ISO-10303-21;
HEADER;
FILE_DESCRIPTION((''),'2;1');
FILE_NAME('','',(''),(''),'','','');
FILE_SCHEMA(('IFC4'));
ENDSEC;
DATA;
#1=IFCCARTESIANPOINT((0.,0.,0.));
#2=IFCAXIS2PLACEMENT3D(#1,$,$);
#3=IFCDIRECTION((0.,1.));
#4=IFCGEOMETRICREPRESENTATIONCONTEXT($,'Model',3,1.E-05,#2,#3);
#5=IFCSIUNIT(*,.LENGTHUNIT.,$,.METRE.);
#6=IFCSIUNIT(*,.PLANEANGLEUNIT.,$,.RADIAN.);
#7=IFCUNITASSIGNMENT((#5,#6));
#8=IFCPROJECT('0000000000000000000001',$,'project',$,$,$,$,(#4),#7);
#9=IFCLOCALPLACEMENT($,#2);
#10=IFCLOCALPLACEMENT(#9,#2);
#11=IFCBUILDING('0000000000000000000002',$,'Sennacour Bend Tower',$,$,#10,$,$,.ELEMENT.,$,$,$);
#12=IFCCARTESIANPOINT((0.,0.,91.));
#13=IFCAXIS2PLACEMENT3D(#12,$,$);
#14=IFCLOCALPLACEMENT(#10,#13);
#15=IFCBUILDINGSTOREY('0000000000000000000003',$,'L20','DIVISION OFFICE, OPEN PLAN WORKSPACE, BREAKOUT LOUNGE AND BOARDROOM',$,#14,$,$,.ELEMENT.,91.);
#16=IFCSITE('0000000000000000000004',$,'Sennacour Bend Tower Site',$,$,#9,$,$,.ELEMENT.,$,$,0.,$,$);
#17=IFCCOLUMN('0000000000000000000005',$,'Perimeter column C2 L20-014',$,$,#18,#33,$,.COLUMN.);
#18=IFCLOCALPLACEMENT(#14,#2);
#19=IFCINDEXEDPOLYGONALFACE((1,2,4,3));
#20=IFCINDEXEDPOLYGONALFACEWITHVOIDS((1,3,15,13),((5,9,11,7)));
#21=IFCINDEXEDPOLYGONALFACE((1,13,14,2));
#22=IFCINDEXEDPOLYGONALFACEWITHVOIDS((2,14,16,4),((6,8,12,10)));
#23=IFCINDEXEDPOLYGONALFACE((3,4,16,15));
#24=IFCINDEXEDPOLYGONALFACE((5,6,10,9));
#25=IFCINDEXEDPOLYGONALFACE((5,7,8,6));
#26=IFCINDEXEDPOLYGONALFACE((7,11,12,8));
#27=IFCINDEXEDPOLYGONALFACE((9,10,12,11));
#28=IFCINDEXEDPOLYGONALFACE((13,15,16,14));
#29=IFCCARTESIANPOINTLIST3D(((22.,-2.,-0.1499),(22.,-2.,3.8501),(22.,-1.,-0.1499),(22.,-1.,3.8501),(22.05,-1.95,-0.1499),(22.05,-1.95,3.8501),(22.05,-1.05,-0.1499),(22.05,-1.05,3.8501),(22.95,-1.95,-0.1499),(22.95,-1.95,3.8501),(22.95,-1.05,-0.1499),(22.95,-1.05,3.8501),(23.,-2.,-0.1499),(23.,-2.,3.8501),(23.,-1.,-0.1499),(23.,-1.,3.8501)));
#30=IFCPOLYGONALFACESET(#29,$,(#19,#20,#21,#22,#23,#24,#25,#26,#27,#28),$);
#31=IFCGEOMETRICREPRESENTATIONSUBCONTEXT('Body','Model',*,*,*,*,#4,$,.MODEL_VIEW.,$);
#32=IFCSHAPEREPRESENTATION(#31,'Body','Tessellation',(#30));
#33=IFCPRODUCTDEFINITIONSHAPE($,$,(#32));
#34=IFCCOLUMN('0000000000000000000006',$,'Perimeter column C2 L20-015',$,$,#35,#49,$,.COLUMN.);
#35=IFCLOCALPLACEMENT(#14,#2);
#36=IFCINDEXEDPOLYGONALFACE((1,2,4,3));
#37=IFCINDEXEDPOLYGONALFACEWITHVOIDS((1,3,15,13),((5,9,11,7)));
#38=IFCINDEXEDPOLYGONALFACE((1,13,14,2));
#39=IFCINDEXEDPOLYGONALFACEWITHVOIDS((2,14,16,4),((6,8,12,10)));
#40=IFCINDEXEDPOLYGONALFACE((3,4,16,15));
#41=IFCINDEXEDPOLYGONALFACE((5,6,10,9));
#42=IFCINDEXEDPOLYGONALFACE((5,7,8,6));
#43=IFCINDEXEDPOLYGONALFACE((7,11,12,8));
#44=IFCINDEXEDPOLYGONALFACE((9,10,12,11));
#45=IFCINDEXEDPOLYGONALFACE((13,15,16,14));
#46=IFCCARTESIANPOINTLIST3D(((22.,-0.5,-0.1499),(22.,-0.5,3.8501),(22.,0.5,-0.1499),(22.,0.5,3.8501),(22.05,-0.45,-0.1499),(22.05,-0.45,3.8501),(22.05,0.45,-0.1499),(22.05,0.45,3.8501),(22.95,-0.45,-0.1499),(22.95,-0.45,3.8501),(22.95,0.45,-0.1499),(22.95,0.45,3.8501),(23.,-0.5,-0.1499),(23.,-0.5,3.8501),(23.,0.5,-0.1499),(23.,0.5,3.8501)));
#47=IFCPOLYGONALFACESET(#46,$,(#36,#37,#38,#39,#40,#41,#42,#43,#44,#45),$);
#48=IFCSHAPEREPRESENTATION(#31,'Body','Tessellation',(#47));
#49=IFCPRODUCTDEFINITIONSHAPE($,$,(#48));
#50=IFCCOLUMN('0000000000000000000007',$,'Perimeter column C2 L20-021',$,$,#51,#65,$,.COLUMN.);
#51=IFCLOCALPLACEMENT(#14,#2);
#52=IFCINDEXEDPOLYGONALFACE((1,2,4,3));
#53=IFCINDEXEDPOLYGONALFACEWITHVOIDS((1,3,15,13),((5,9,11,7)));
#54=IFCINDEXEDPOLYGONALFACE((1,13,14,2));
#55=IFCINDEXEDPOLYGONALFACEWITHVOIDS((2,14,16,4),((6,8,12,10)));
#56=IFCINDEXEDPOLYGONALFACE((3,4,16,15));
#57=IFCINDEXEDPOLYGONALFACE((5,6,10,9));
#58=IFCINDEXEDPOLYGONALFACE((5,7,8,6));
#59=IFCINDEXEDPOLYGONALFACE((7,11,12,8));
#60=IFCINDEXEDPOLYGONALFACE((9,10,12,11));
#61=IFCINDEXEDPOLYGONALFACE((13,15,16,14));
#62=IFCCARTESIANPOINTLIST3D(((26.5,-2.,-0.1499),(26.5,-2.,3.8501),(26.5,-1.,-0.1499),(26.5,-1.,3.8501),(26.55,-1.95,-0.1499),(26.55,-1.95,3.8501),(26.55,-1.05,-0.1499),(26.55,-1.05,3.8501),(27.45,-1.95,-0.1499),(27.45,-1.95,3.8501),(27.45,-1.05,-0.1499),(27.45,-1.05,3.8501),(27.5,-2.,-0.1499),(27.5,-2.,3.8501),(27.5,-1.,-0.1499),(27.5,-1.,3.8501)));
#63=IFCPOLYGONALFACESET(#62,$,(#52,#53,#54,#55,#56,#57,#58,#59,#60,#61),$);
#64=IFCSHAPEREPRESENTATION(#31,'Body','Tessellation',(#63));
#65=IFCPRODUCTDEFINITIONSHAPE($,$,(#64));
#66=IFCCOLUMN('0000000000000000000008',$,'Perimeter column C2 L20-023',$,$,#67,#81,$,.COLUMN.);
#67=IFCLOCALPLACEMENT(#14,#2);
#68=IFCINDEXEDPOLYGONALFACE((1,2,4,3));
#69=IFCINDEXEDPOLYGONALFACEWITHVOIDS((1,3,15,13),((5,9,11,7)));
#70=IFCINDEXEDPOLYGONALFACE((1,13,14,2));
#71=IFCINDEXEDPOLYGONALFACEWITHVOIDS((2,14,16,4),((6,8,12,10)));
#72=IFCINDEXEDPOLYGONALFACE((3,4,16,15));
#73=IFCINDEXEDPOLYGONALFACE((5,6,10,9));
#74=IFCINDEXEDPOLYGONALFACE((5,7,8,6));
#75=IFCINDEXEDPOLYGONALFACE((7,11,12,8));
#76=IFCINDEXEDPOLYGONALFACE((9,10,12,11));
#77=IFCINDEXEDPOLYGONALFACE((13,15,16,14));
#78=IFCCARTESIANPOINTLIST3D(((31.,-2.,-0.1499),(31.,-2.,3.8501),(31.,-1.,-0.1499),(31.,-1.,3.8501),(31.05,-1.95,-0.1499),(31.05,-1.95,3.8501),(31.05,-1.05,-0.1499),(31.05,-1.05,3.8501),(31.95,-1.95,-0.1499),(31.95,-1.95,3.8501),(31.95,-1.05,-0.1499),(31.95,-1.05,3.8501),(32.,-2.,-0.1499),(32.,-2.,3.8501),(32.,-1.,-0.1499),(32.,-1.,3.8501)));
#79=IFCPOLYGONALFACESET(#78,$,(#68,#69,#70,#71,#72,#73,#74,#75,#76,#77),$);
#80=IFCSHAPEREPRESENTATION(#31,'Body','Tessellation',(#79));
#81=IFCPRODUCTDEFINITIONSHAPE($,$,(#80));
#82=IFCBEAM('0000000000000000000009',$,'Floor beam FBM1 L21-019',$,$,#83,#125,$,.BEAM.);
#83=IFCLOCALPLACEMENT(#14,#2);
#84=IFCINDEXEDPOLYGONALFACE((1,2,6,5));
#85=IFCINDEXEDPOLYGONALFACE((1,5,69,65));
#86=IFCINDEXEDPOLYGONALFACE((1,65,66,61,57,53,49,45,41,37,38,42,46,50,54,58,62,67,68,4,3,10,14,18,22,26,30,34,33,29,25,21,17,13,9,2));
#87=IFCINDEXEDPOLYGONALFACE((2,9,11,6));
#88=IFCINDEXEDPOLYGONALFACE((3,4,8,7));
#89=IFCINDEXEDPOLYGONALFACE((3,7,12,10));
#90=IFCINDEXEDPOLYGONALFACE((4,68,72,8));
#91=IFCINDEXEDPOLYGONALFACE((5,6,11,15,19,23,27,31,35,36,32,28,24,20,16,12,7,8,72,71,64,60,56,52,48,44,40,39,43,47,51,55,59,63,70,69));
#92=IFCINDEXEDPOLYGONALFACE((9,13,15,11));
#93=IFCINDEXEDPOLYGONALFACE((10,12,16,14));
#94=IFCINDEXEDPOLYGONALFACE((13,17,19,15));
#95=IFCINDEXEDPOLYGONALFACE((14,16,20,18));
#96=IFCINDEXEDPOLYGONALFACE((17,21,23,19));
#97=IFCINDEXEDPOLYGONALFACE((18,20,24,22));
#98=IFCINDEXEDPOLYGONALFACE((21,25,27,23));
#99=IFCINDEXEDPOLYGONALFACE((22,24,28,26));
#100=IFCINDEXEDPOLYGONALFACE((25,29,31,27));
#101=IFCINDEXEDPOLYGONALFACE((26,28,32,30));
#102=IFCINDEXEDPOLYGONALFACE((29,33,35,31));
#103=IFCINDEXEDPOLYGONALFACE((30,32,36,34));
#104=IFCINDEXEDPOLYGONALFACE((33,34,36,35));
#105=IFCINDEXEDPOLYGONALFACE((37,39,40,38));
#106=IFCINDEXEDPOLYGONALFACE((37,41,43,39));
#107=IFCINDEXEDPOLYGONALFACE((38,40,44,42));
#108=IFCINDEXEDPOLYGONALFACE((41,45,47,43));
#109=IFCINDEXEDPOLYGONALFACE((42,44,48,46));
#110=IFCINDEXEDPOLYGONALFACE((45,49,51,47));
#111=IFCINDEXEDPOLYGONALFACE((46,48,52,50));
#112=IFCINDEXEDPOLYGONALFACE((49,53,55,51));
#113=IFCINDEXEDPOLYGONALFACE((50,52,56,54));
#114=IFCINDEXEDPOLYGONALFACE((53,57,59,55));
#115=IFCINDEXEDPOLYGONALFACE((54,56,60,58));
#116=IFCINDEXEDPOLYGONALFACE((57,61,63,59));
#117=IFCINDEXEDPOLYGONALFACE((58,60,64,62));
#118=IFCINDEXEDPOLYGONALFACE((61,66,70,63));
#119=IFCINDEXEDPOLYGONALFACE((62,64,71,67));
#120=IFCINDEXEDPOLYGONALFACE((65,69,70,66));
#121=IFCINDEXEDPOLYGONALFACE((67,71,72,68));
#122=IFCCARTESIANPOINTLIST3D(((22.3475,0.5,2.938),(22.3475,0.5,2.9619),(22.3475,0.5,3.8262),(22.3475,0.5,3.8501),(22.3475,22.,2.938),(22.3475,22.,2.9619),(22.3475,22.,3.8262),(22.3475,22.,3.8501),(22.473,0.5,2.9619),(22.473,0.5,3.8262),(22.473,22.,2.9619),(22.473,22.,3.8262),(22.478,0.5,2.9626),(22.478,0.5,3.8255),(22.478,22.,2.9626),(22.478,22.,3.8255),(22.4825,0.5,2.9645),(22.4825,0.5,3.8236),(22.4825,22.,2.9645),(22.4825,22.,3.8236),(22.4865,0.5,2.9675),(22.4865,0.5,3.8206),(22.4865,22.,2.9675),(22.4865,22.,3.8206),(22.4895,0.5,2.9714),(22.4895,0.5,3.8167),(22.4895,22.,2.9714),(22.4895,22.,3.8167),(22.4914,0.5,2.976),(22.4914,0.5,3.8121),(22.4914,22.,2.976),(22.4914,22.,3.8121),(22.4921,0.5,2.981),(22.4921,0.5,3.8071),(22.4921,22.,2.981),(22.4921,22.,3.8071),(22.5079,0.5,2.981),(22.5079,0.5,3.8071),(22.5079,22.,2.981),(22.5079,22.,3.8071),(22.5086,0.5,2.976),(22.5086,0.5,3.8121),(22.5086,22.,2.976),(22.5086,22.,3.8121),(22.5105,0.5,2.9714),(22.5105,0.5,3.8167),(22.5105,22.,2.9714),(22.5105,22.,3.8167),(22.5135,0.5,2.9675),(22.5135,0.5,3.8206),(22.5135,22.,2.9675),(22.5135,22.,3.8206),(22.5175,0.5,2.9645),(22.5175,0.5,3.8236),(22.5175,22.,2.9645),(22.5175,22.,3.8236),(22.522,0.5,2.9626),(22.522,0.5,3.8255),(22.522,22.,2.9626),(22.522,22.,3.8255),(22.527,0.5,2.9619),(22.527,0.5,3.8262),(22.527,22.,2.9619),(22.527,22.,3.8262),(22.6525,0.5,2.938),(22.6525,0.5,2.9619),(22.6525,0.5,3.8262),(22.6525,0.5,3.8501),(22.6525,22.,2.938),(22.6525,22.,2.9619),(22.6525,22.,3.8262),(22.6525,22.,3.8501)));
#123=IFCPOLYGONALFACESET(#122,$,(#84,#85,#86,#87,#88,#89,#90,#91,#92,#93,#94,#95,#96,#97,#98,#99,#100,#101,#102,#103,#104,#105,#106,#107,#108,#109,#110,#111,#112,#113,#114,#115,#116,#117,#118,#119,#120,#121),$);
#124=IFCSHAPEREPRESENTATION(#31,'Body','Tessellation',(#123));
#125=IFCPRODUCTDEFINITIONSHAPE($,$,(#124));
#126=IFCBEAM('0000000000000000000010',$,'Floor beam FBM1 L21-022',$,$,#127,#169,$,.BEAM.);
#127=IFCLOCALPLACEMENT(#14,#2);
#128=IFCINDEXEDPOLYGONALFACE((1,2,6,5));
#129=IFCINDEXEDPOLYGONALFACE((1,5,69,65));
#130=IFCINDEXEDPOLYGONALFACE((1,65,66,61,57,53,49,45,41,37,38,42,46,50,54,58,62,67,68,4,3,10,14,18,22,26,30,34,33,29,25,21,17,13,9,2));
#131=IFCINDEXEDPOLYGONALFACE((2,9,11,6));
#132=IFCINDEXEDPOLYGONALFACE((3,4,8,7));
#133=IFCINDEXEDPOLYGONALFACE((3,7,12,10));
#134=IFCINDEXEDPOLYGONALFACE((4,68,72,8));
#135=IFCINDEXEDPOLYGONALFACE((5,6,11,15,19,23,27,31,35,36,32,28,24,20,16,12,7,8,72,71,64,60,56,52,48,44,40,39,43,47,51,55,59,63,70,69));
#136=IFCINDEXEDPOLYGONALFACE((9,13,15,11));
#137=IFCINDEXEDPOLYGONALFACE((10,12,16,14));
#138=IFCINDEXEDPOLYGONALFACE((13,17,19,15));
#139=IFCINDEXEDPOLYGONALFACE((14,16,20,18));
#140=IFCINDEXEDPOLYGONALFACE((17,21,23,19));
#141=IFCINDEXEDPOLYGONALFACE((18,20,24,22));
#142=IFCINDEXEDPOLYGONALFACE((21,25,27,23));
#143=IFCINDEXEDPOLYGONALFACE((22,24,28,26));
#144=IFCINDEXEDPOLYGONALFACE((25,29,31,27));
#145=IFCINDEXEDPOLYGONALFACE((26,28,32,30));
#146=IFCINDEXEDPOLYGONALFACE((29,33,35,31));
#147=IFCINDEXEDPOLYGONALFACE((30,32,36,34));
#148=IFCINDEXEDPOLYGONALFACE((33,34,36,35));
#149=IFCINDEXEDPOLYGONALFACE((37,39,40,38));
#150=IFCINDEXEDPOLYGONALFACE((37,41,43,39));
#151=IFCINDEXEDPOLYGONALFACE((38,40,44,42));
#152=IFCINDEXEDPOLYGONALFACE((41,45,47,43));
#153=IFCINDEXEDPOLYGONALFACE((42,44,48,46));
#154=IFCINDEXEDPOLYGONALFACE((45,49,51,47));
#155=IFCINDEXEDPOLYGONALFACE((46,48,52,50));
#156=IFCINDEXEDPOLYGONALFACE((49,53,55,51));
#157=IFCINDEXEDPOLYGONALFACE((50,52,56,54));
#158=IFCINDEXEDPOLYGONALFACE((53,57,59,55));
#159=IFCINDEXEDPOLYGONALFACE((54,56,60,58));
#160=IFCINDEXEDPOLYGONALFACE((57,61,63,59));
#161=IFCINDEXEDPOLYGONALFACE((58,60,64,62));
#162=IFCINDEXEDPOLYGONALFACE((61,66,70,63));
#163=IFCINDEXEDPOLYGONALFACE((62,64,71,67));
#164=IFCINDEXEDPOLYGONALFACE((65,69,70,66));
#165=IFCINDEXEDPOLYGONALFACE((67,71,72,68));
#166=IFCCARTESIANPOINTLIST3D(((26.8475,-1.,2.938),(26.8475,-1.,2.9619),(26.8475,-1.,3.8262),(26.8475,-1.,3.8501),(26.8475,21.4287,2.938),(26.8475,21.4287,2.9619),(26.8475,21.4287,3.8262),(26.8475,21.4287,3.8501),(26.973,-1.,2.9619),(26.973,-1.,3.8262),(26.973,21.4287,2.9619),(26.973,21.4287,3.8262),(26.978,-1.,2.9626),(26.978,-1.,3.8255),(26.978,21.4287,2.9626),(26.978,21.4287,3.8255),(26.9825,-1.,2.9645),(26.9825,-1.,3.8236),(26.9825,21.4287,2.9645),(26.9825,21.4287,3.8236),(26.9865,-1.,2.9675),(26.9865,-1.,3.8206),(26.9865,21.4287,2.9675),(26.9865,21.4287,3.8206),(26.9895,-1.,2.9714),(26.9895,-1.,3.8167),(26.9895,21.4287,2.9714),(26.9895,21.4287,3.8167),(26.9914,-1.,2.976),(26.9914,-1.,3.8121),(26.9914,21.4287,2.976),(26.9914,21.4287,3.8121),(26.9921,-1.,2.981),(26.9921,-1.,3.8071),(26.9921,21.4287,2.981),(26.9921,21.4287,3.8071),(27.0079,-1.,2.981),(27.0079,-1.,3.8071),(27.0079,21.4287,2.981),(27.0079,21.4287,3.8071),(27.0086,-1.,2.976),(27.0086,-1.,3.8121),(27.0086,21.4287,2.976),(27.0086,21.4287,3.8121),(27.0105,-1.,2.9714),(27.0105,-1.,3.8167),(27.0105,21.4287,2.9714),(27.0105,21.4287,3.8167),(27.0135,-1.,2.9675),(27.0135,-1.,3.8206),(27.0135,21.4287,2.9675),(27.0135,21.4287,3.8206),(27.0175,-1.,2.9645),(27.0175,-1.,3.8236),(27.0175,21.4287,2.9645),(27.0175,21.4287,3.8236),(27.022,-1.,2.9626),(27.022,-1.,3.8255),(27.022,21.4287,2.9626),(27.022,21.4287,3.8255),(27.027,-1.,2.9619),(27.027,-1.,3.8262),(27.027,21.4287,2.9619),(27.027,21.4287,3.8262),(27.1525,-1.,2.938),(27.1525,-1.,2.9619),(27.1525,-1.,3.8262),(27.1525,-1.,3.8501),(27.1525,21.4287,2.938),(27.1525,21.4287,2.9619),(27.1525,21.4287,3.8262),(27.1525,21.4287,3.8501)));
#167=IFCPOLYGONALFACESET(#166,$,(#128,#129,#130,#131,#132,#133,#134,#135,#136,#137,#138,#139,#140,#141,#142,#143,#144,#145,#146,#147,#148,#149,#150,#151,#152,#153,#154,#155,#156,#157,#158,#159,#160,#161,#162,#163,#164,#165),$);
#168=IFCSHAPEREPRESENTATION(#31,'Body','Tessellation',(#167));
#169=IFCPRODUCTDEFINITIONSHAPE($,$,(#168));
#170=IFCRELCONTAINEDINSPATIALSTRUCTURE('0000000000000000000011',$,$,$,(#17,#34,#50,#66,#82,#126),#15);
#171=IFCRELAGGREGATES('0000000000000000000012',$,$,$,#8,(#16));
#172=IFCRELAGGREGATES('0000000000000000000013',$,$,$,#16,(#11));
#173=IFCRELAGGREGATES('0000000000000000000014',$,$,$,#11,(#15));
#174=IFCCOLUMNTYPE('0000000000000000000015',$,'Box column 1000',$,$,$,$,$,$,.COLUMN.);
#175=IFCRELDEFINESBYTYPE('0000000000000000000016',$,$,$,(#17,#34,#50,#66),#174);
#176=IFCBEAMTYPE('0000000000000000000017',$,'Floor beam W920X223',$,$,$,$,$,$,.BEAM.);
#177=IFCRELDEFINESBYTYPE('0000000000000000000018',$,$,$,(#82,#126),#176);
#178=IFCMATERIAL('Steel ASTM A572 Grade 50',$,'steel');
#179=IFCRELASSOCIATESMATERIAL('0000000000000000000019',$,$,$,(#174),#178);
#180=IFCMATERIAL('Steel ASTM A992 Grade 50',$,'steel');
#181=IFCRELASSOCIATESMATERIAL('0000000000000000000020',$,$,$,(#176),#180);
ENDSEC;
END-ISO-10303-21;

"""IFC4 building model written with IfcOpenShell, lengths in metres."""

from ifc_helpers import new_model, si_unit, direction, frame, origin, origin_2d, place, context, subcontext, project, spatial, hollow_rectangle, i_section, extrude, material, material_profile, profile_set, type_object, element, save


model = new_model("IFC4")

# Units and contexts
model_context = context("Model", 3, precision=1e-05, world=origin(), true_north=direction((0.0, 1.0)))
body_context = subcontext(model_context, "Body", "Model", "MODEL_VIEW")
ifc_project = project(units=[si_unit("LENGTHUNIT", "METRE"), si_unit("PLANEANGLEUNIT", "RADIAN")], contexts=[model_context])

# Site, building, storey
site_placement = place(None, origin())
site = spatial("IfcSite", under=ifc_project, at=site_placement, Name="Sennacour Bend Tower Site", CompositionType="ELEMENT", RefElevation=0.0)
building_placement = place(site_placement, origin())
building = spatial("IfcBuilding", under=site, at=building_placement, Name="Sennacour Bend Tower", CompositionType="ELEMENT")
storey_placement = place(building_placement, frame((0.0, 0.0, 91.0)))
storey = spatial("IfcBuildingStorey", under=building, at=storey_placement, Name="L20", Description="DIVISION OFFICE, OPEN PLAN WORKSPACE, BREAKOUT LOUNGE AND BOARDROOM", CompositionType="ELEMENT", Elevation=91.0)

# Columns
ifc_material_1 = material(Name="Steel ASTM A572 Grade 50", Category="steel")
ifc_material_profile_1 = material_profile(ifc_material_1, hollow_rectangle(XDim=1.0, YDim=1.0, WallThickness=0.05, at=origin_2d()), Name="Steel ASTM A572 Grade 50", Category="steel")
ifc_profile_set_1 = profile_set([ifc_material_profile_1], Name="Steel ASTM A572 Grade 50")
column_type = type_object("IfcColumnType", Name="Box column 1000", PredefinedType="COLUMN", material=ifc_profile_set_1)
for number, where, z_axis, x_axis, name in (
    (1, (22.5, -1.5, -0.1499), (0.0, 0.0, 1.0), (1.0, 0.0, 0.0), "Perimeter column C2 L20-014"),
    (2, (22.5, 0.0, -0.1499), (0.0, 0.0, 1.0), (1.0, 0.0, 0.0), "Perimeter column C2 L20-015"),
    (3, (27.0, -1.5, -0.1499), (0.0, 0.0, 1.0), (1.0, 0.0, 0.0), "Perimeter column C2 L20-021"),
    (4, (31.5, -1.5, -0.1499), (0.0, 0.0, 1.0), (1.0, 0.0, 0.0), "Perimeter column C2 L20-023"),
):
    element("IfcColumn", number, at=place(storey_placement, frame(where, z_axis=z_axis, x_axis=x_axis)), inside=storey, type_object=column_type, Name=name, PredefinedType="COLUMN", context=body_context, shape_type="SweptSolid", body=[
        extrude(hollow_rectangle(XDim=1.0, YDim=1.0, WallThickness=0.05, at=origin_2d()), origin(), (0.0, 0.0, 1.0), 4.0),
    ])

# Beams
ifc_material_2 = material(Name="Steel ASTM A992 Grade 50", Category="steel")
ifc_material_profile_2 = material_profile(ifc_material_2, i_section(OverallWidth=0.3049, OverallDepth=0.9121, WebThickness=0.0159, FlangeThickness=0.0239, FilletRadius=0.019, at=origin_2d()), Name="Steel ASTM A992 Grade 50", Category="steel")
ifc_profile_set_2 = profile_set([ifc_material_profile_2], Name="Steel ASTM A992 Grade 50")
beam_type_1 = type_object("IfcBeamType", Name="Floor beam W920X223", PredefinedType="BEAM", material=ifc_profile_set_2)
beam_1_placement = place(storey_placement, frame((22.5, 0.5, 3.394), z_axis=(0.0, 1.0, 0.0), x_axis=(-1.0, 0.0, 0.0)))
element("IfcBeam", 5, at=beam_1_placement, inside=storey, type_object=beam_type_1, Name="Floor beam FBM1 L21-019", PredefinedType="BEAM", context=body_context, shape_type="SweptSolid", body=[
    extrude(i_section(OverallWidth=0.3049, OverallDepth=0.9121, WebThickness=0.0159, FlangeThickness=0.0239, FilletRadius=0.019, at=origin_2d()), origin(), (0.0, 0.0, 1.0), 21.5),
])
beam_2_placement = place(storey_placement, frame((27.0, -1.0, 3.394), z_axis=(0.0, 1.0, 0.0), x_axis=(-1.0, 0.0, 0.0)))
element("IfcBeam", 6, at=beam_2_placement, inside=storey, type_object=beam_type_1, Name="Floor beam FBM1 L21-022", PredefinedType="BEAM", context=body_context, shape_type="SweptSolid", body=[
    extrude(i_section(OverallWidth=0.3049, OverallDepth=0.9121, WebThickness=0.0159, FlangeThickness=0.0239, FilletRadius=0.019, at=origin_2d()), origin(), (0.0, 0.0, 1.0), 22.4287),
])

save(model, "model.ifc")
